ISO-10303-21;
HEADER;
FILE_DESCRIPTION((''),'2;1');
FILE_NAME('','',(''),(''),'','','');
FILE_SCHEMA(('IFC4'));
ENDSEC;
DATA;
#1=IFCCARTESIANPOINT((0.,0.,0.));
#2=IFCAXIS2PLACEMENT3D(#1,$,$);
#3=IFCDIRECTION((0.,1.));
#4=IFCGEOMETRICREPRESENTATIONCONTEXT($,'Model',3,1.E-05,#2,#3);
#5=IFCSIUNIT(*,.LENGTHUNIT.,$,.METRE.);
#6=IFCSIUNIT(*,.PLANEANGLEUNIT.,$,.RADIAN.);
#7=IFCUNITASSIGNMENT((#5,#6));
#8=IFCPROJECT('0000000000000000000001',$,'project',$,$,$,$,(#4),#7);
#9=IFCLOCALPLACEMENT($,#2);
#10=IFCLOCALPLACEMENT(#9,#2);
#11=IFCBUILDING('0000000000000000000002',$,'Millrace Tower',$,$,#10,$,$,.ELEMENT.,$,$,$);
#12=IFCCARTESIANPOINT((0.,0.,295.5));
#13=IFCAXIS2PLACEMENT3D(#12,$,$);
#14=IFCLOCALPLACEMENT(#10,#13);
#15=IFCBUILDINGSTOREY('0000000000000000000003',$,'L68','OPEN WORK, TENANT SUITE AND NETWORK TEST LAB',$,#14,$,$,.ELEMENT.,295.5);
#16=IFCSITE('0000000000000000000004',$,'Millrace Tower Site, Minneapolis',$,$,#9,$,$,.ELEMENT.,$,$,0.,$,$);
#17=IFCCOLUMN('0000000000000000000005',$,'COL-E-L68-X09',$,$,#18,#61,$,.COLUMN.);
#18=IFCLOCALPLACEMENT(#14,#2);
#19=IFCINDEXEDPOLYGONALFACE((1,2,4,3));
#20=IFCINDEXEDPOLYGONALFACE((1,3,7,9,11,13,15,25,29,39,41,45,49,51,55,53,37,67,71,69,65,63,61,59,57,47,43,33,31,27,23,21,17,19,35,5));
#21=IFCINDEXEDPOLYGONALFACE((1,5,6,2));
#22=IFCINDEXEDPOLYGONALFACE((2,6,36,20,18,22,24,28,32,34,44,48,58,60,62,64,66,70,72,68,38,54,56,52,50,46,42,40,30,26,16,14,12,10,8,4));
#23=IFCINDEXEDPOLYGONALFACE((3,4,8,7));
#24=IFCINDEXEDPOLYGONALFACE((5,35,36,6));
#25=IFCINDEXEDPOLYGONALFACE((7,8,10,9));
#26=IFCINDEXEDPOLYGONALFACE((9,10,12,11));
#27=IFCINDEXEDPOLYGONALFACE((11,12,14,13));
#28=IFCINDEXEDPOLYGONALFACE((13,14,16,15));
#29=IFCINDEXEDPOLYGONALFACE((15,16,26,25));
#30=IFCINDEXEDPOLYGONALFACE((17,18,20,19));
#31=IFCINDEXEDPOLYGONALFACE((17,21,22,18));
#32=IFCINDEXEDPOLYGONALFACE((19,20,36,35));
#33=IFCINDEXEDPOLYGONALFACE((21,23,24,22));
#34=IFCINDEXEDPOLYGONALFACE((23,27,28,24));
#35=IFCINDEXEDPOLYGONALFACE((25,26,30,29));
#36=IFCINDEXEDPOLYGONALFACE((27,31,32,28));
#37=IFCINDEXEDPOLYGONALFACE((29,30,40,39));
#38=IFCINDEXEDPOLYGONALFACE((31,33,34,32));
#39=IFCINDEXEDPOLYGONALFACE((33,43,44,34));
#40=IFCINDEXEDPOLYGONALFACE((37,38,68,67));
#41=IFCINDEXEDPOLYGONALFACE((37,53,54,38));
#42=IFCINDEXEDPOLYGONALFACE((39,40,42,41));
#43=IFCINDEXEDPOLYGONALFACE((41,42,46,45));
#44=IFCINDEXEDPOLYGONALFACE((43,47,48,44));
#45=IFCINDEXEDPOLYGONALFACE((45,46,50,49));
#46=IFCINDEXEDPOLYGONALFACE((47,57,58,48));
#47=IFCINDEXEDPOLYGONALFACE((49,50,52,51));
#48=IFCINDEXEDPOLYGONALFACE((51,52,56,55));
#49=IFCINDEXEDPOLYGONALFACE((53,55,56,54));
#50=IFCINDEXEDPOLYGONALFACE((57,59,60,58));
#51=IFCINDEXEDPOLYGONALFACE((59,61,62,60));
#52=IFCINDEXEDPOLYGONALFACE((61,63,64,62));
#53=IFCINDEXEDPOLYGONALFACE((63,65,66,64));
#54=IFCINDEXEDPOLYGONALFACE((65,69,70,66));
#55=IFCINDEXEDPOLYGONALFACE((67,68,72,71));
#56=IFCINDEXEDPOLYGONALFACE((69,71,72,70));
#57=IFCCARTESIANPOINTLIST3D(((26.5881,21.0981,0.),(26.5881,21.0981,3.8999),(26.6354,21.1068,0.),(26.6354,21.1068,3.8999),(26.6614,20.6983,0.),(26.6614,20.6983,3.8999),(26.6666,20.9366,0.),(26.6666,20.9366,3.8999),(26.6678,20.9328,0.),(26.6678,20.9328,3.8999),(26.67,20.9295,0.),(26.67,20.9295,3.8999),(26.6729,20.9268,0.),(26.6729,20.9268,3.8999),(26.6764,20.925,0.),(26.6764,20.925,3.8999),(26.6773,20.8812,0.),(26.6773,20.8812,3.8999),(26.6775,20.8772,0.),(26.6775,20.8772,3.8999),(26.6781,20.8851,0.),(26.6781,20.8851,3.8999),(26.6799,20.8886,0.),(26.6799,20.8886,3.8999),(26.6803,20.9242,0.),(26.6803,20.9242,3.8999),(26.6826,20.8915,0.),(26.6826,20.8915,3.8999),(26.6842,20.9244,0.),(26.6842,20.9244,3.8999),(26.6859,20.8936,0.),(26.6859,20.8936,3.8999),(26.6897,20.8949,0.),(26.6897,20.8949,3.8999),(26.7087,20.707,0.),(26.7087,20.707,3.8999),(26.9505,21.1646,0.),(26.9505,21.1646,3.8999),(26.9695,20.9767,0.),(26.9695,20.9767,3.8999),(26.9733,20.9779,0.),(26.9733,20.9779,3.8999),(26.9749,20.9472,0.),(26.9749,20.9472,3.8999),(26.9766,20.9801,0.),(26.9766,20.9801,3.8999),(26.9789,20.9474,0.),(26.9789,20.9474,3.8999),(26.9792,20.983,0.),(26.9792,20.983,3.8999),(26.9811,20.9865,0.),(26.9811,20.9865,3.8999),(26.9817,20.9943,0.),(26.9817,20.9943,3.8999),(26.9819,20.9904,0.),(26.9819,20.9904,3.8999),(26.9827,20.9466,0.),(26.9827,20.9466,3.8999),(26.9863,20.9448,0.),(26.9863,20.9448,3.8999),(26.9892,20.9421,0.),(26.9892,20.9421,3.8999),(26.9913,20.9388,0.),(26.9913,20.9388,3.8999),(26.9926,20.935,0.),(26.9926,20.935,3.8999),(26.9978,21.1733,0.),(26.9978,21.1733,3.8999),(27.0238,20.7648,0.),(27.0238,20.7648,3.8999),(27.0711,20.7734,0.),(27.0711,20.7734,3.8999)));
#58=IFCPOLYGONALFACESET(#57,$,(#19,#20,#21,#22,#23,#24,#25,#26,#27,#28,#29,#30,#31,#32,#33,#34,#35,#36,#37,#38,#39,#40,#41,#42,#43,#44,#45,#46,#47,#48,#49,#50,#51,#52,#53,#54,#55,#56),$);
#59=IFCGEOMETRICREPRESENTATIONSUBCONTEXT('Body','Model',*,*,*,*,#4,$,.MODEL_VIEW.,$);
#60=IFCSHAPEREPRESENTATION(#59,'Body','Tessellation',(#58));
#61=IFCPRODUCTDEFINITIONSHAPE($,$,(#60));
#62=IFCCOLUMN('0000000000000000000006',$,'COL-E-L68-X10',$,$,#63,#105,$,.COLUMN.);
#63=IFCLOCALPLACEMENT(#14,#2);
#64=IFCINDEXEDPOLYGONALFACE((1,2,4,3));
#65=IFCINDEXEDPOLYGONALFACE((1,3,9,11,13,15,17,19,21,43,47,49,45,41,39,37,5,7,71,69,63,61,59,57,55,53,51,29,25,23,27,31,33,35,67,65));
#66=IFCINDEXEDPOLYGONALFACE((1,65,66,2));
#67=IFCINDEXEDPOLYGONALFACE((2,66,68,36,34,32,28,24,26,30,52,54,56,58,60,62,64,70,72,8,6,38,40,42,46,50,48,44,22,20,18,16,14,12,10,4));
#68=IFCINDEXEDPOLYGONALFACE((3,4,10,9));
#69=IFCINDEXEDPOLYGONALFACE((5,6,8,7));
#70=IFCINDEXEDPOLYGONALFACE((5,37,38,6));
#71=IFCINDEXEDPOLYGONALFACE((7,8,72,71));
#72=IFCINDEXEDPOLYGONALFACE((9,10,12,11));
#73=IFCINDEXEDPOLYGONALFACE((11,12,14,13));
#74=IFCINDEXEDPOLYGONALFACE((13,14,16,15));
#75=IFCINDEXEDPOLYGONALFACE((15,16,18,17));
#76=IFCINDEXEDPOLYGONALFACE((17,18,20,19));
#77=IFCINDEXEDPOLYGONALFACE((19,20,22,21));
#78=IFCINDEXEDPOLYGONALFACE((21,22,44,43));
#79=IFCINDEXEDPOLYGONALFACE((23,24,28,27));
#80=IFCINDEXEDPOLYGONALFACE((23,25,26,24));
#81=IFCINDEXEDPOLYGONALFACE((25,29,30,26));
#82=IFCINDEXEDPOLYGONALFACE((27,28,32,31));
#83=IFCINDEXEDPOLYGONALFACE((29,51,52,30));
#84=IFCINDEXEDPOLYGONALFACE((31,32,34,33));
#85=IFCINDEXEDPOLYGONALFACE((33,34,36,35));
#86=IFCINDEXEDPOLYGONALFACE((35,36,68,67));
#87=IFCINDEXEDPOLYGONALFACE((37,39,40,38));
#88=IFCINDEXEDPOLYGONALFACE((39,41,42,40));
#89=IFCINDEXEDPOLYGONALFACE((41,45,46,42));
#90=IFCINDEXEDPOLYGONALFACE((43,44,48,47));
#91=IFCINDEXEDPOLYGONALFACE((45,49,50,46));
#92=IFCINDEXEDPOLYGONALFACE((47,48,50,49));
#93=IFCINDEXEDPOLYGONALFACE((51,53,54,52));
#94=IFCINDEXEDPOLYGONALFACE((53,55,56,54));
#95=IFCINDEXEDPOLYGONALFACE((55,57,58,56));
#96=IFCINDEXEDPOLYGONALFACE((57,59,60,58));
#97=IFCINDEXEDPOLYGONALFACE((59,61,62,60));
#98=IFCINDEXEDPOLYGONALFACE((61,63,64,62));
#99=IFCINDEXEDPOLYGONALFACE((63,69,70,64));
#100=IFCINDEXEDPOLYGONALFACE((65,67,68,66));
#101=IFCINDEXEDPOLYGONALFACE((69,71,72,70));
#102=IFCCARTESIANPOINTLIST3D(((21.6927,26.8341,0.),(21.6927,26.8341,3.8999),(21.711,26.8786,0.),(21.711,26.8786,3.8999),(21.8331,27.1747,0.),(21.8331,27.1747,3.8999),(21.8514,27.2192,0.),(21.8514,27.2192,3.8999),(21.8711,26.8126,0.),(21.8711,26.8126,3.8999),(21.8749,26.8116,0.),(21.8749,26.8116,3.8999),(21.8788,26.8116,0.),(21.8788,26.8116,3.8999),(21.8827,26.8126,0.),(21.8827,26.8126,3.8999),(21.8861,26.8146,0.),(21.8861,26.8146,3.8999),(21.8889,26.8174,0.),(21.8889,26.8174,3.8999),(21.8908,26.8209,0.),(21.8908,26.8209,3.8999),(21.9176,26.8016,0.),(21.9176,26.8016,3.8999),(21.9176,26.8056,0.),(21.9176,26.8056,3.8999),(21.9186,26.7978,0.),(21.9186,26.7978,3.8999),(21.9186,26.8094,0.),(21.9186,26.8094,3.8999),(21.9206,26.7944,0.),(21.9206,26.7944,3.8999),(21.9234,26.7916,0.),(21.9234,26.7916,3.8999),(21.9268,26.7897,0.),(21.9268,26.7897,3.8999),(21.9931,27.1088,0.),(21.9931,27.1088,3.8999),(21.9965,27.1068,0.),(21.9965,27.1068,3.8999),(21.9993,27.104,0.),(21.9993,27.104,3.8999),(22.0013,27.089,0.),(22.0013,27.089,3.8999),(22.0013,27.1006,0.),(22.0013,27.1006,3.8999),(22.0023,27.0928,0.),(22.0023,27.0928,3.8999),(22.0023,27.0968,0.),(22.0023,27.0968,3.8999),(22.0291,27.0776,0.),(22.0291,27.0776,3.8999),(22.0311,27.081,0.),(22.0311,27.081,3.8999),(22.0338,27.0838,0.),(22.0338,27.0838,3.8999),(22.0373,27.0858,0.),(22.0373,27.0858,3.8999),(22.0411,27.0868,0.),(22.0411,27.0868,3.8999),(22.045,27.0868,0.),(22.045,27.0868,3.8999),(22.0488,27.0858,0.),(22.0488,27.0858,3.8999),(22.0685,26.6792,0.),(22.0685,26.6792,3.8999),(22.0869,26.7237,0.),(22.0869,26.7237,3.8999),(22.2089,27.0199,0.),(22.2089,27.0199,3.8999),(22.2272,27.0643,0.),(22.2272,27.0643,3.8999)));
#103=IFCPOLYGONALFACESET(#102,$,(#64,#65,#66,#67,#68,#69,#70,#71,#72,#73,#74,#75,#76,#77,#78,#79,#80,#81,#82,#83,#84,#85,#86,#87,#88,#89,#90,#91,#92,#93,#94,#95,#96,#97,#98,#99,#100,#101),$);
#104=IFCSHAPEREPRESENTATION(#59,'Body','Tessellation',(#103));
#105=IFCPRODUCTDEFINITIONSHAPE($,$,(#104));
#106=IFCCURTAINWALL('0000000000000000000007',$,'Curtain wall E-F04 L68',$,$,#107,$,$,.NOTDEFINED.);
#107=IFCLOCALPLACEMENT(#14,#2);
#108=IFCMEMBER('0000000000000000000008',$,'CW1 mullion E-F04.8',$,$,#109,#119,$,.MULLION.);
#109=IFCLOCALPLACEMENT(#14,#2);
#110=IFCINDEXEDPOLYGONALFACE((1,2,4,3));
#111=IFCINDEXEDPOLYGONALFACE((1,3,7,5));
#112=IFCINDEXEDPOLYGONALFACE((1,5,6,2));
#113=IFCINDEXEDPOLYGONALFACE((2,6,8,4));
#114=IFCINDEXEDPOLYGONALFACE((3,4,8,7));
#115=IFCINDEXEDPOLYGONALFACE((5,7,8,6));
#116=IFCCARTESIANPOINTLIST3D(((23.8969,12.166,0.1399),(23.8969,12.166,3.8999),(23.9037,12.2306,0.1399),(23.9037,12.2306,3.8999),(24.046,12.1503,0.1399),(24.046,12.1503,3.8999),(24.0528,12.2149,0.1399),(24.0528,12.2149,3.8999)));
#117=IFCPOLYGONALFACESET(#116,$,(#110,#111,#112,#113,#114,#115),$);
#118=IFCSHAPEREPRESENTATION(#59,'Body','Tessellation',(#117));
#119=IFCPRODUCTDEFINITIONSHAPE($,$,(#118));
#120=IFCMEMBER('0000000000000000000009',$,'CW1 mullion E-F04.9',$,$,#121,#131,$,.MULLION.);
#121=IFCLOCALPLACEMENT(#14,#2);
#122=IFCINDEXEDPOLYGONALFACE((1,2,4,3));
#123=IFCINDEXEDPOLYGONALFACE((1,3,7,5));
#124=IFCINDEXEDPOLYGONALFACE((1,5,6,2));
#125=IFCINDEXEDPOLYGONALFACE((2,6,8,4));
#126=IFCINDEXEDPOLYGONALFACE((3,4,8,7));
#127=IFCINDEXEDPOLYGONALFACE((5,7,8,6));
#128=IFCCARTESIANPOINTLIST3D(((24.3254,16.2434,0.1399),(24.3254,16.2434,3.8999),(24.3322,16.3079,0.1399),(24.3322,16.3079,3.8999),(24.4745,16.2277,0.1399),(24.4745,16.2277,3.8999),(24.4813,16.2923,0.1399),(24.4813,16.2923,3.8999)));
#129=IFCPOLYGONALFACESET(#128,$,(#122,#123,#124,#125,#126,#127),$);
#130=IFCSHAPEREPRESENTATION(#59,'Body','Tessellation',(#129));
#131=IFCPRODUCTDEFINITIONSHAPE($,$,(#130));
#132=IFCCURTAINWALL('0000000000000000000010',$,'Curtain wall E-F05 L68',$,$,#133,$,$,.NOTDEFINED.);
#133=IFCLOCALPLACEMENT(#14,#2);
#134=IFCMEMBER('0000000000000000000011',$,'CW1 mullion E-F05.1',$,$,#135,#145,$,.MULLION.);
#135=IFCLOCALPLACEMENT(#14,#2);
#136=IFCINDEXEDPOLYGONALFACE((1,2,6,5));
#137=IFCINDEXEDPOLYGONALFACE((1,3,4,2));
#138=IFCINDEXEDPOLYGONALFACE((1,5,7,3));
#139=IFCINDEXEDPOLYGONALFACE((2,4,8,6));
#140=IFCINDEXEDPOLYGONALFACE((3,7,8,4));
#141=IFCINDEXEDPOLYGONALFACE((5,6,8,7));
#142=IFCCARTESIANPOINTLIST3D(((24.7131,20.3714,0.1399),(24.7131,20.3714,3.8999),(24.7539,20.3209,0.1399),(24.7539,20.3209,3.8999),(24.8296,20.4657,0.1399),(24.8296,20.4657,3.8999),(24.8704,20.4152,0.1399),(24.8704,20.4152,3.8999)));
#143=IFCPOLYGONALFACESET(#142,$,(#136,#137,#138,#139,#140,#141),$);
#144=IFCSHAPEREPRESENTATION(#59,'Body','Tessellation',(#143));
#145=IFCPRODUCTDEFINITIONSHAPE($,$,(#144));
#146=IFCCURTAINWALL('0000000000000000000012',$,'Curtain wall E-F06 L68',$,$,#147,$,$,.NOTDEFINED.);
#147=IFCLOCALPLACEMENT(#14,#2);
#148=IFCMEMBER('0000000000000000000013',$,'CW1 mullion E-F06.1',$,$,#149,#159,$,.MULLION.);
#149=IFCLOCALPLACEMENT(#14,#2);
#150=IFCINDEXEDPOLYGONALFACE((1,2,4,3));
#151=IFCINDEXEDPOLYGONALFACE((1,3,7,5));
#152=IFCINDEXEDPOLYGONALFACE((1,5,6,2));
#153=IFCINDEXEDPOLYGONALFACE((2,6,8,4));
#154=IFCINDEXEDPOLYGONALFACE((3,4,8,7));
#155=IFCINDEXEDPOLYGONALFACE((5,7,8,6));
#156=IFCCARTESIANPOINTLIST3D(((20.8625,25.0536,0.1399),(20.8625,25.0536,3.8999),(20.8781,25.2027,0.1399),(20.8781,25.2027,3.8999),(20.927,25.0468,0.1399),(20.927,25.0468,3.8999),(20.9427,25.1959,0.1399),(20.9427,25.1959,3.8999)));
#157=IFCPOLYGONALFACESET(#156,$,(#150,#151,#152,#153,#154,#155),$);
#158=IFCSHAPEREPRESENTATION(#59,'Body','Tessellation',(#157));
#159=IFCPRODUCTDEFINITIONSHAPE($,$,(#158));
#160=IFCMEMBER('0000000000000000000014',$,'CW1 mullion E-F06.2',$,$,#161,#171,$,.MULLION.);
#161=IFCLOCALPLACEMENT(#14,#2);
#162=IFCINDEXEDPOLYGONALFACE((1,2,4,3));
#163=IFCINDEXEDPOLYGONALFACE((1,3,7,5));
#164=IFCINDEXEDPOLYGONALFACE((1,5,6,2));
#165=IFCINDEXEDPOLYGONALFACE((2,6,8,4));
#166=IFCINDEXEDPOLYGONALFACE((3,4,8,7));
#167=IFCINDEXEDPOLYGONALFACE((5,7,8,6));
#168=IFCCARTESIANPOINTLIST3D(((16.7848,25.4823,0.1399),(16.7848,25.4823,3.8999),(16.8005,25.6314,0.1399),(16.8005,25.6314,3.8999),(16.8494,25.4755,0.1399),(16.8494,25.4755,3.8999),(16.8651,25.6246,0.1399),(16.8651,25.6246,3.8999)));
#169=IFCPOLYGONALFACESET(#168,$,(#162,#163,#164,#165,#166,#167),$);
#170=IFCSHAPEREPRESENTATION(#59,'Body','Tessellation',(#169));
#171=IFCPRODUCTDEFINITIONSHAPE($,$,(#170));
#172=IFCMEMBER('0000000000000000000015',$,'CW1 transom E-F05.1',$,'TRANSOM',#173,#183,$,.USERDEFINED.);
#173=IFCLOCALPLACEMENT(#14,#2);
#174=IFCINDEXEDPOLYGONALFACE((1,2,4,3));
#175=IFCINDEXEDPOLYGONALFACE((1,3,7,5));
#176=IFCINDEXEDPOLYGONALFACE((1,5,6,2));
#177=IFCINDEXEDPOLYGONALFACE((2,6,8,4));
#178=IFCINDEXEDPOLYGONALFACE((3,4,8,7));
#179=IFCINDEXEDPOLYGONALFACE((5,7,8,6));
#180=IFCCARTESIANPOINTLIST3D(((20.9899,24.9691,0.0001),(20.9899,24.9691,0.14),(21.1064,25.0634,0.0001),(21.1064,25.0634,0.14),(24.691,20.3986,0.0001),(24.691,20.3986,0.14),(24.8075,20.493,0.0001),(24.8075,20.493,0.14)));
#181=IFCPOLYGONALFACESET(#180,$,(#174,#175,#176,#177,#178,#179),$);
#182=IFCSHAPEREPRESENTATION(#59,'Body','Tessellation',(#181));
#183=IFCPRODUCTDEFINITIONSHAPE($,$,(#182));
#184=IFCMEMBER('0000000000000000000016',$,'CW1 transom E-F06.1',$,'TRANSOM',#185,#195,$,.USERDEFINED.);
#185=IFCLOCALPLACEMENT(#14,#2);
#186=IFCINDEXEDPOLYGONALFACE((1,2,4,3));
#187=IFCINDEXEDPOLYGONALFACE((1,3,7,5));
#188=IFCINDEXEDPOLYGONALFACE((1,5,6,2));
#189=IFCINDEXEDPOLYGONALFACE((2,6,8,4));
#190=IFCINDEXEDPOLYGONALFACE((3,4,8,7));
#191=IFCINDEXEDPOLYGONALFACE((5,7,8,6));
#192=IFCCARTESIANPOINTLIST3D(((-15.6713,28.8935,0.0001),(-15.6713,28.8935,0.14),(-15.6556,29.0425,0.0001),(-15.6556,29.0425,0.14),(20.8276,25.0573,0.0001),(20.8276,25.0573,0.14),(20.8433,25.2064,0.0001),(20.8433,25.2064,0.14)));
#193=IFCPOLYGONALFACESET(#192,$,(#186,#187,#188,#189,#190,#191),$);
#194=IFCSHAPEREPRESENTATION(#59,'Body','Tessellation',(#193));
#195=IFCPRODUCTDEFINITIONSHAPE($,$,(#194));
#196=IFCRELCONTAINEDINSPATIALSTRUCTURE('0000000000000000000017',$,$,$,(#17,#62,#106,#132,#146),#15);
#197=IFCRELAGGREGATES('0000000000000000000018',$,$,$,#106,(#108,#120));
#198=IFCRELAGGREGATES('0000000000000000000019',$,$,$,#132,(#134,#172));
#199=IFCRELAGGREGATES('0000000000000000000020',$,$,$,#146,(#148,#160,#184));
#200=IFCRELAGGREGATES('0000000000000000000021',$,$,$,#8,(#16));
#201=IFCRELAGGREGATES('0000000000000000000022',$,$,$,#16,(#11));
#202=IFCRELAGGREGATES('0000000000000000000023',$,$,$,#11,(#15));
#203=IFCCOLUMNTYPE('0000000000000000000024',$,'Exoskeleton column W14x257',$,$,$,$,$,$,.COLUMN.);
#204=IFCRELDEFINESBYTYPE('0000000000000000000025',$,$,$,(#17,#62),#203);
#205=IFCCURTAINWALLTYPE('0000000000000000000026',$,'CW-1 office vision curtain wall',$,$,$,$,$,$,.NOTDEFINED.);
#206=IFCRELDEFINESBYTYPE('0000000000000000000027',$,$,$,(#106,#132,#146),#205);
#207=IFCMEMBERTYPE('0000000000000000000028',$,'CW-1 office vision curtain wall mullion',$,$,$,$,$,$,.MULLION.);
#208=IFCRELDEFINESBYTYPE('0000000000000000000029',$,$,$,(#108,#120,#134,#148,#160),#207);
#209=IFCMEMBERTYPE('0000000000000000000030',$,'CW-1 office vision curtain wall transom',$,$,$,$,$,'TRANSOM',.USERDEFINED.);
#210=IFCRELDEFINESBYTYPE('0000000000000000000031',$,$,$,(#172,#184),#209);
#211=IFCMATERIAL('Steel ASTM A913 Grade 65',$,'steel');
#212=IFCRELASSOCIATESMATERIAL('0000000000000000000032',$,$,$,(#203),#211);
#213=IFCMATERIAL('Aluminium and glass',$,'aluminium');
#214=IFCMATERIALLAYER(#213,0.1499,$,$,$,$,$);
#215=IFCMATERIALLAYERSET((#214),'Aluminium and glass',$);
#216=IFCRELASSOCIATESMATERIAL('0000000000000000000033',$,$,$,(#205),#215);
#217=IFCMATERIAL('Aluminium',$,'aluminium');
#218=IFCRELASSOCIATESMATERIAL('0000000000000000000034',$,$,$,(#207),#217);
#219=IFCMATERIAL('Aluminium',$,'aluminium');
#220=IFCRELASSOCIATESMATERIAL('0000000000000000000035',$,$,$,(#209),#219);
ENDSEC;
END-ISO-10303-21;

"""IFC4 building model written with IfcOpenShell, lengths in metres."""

from ifc_helpers import new_model, si_unit, direction, frame, origin, origin_2d, place, context, subcontext, project, spatial, rectangle, i_section, extrude, material, layer, layer_set, material_profile, profile_set, type_object, element, aggregate, save


model = new_model("IFC4")

# Units and contexts
model_context = context("Model", 3, precision=1e-05, world=origin(), true_north=direction((0.0, 1.0)))
body_context = subcontext(model_context, "Body", "Model", "MODEL_VIEW")
ifc_project = project(units=[si_unit("LENGTHUNIT", "METRE"), si_unit("PLANEANGLEUNIT", "RADIAN")], contexts=[model_context])

# Site, building, storey
site_placement = place(None, origin())
site = spatial("IfcSite", under=ifc_project, at=site_placement, Name="Millrace Tower Site, Minneapolis", CompositionType="ELEMENT", RefElevation=0.0)
building_placement = place(site_placement, origin())
building = spatial("IfcBuilding", under=site, at=building_placement, Name="Millrace Tower", CompositionType="ELEMENT")
storey_placement = place(building_placement, frame((0.0, 0.0, 295.5)))
storey = spatial("IfcBuildingStorey", under=building, at=storey_placement, Name="L68", Description="OPEN WORK, TENANT SUITE AND NETWORK TEST LAB", CompositionType="ELEMENT", Elevation=295.5)

# Columns
ifc_material_1 = material(Name="Steel ASTM A913 Grade 65", Category="steel")
ifc_material_profile_1 = material_profile(ifc_material_1, i_section(OverallWidth=0.4065, OverallDepth=0.4165, WebThickness=0.03, FlangeThickness=0.0481, FilletRadius=0.0151, at=origin_2d()))
ifc_profile_set_1 = profile_set([ifc_material_profile_1], Name="Steel ASTM A913 Grade 65")
column_type = type_object("IfcColumnType", Name="Exoskeleton column W14x257", PredefinedType="COLUMN", material=ifc_profile_set_1)
for number, where, z_axis, x_axis, name in (
    (1, (26.8296, 20.9358, 0.0), (0.0, 0.0, 1.0), (-0.180387, 0.983596, 0.0), "COL-E-L68-X09"),
    (2, (21.96, 26.9492, 0.0), (0.0, 0.0, 1.0), (-0.924597, 0.380947, 0.0), "COL-E-L68-X10"),
):
    element("IfcColumn", number, at=place(storey_placement, frame(where, z_axis=z_axis, x_axis=x_axis)), inside=storey, type_object=column_type, Name=name, PredefinedType="COLUMN", context=body_context, shape_type="SweptSolid", body=[
        extrude(i_section(OverallWidth=0.4065, OverallDepth=0.4165, WebThickness=0.03, FlangeThickness=0.0481, FilletRadius=0.0151, at=origin_2d()), origin(), (0.0, 0.0, 1.0), 3.8999),
    ])

# Curtain wall, members
ifc_material_2 = material(Name="Aluminium and glass", Category="aluminium")
ifc_layer_1 = layer(ifc_material_2, 0.1499)
ifc_layer_set_1 = layer_set([ifc_layer_1], Name="Aluminium and glass")
curtain_wall_type = type_object("IfcCurtainWallType", Name="CW-1 office vision curtain wall", PredefinedType="NOTDEFINED", material=ifc_layer_set_1)
placement = place(storey_placement, origin())
curtain_wall_1 = element("IfcCurtainWall", 3, at=placement, inside=storey, type_object=curtain_wall_type, Name="Curtain wall E-F04 L68", PredefinedType="NOTDEFINED")
ifc_material_3 = material(Name="Aluminium", Category="aluminium")
ifc_material_profile_2 = material_profile(ifc_material_3, rectangle(XDim=0.0649, YDim=0.1499, at=origin_2d()))
ifc_profile_set_2 = profile_set([ifc_material_profile_2], Name="Aluminium")
member_type_1 = type_object("IfcMemberType", Name="CW-1 office vision curtain wall mullion", PredefinedType="MULLION", material=ifc_profile_set_2)
member_1_placement = place(storey_placement, frame((23.9749, 12.1904, 0.1399), z_axis=(0.0, 0.0, 1.0), x_axis=(0.104528, 0.994522, 0.0)))
member_1 = element("IfcMember", 4, at=member_1_placement, type_object=member_type_1, Name="CW1 mullion E-F04.8", PredefinedType="MULLION", context=body_context, shape_type="SweptSolid", body=[
    extrude(rectangle(XDim=0.0649, YDim=0.1499, at=origin_2d()), origin(), (0.0, 0.0, 1.0), 3.76),
])
member_2_placement = place(storey_placement, frame((24.4033, 16.2678, 0.1399), z_axis=(0.0, 0.0, 1.0), x_axis=(0.104528, 0.994522, 0.0)))
member_2 = element("IfcMember", 5, at=member_2_placement, type_object=member_type_1, Name="CW1 mullion E-F04.9", PredefinedType="MULLION", context=body_context, shape_type="SweptSolid", body=[
    extrude(rectangle(XDim=0.0649, YDim=0.1499, at=origin_2d()), origin(), (0.0, 0.0, 1.0), 3.76),
])
aggregate(curtain_wall_1, [member_1, member_2])

# Curtain wall, member
curtain_wall_2 = element("IfcCurtainWall", 6, at=placement, inside=storey, type_object=curtain_wall_type, Name="Curtain wall E-F05 L68", PredefinedType="NOTDEFINED")
member_3_placement = place(storey_placement, frame((24.7917, 20.3933, 0.1399), z_axis=(0.0, 0.0, 1.0), x_axis=(-0.62932, 0.777146, 0.0)))
member_3 = element("IfcMember", 7, at=member_3_placement, type_object=member_type_1, Name="CW1 mullion E-F05.1", PredefinedType="MULLION", context=body_context, shape_type="SweptSolid", body=[
    extrude(rectangle(XDim=0.0649, YDim=0.1499, at=origin_2d()), origin(), (0.0, 0.0, 1.0), 3.76),
])

# Curtain wall, members
curtain_wall_3 = element("IfcCurtainWall", 8, at=placement, inside=storey, type_object=curtain_wall_type, Name="Curtain wall E-F06 L68", PredefinedType="NOTDEFINED")
member_4_placement = place(storey_placement, frame((20.9026, 25.1248, 0.1399), z_axis=(0.0, 0.0, 1.0), x_axis=(-0.994522, 0.104528, 0.0)))
member_4 = element("IfcMember", 9, at=member_4_placement, type_object=member_type_1, Name="CW1 mullion E-F06.1", PredefinedType="MULLION", context=body_context, shape_type="SweptSolid", body=[
    extrude(rectangle(XDim=0.0649, YDim=0.1499, at=origin_2d()), origin(), (0.0, 0.0, 1.0), 3.76),
])
member_5_placement = place(storey_placement, frame((16.825, 25.5535, 0.1399), z_axis=(0.0, 0.0, 1.0), x_axis=(-0.994522, 0.104528, 0.0)))
member_5 = element("IfcMember", 10, at=member_5_placement, type_object=member_type_1, Name="CW1 mullion E-F06.2", PredefinedType="MULLION", context=body_context, shape_type="SweptSolid", body=[
    extrude(rectangle(XDim=0.0649, YDim=0.1499, at=origin_2d()), origin(), (0.0, 0.0, 1.0), 3.76),
])

# Members
ifc_material_4 = material(Name="Aluminium", Category="aluminium")
ifc_material_profile_3 = material_profile(ifc_material_4, rectangle(XDim=0.1499, YDim=0.1399, at=origin_2d()))
ifc_profile_set_3 = profile_set([ifc_material_profile_3], Name="Aluminium")
member_type_2 = type_object("IfcMemberType", Name="CW-1 office vision curtain wall transom", ElementType="TRANSOM", PredefinedType="USERDEFINED", material=ifc_profile_set_3)
member_6_placement = place(storey_placement, frame((24.7493, 20.4458, 0.0701), z_axis=(-0.629321, 0.777145, 0.0), x_axis=(-0.777145, -0.629321, 0.0)))
member_6 = element("IfcMember", 11, at=member_6_placement, type_object=member_type_2, Name="CW1 transom E-F05.1", ObjectType="TRANSOM", PredefinedType="USERDEFINED", context=body_context, shape_type="SweptSolid", body=[
    extrude(rectangle(XDim=0.1499, YDim=0.1399, at=origin_2d()), origin(), (0.0, 0.0, 1.0), 5.8811),
])
aggregate(curtain_wall_2, [member_3, member_6])
member_7_placement = place(storey_placement, frame((20.8354, 25.1318, 0.0701), z_axis=(-0.994522, 0.104528, 0.0), x_axis=(-0.104528, -0.994522, 0.0)))
member_7 = element("IfcMember", 12, at=member_7_placement, type_object=member_type_2, Name="CW1 transom E-F06.1", ObjectType="TRANSOM", PredefinedType="USERDEFINED", context=body_context, shape_type="SweptSolid", body=[
    extrude(rectangle(XDim=0.1499, YDim=0.1399, at=origin_2d()), origin(), (0.0, 0.0, 1.0), 36.7),
])
aggregate(curtain_wall_3, [member_4, member_5, member_7])

save(model, "model.ifc")
